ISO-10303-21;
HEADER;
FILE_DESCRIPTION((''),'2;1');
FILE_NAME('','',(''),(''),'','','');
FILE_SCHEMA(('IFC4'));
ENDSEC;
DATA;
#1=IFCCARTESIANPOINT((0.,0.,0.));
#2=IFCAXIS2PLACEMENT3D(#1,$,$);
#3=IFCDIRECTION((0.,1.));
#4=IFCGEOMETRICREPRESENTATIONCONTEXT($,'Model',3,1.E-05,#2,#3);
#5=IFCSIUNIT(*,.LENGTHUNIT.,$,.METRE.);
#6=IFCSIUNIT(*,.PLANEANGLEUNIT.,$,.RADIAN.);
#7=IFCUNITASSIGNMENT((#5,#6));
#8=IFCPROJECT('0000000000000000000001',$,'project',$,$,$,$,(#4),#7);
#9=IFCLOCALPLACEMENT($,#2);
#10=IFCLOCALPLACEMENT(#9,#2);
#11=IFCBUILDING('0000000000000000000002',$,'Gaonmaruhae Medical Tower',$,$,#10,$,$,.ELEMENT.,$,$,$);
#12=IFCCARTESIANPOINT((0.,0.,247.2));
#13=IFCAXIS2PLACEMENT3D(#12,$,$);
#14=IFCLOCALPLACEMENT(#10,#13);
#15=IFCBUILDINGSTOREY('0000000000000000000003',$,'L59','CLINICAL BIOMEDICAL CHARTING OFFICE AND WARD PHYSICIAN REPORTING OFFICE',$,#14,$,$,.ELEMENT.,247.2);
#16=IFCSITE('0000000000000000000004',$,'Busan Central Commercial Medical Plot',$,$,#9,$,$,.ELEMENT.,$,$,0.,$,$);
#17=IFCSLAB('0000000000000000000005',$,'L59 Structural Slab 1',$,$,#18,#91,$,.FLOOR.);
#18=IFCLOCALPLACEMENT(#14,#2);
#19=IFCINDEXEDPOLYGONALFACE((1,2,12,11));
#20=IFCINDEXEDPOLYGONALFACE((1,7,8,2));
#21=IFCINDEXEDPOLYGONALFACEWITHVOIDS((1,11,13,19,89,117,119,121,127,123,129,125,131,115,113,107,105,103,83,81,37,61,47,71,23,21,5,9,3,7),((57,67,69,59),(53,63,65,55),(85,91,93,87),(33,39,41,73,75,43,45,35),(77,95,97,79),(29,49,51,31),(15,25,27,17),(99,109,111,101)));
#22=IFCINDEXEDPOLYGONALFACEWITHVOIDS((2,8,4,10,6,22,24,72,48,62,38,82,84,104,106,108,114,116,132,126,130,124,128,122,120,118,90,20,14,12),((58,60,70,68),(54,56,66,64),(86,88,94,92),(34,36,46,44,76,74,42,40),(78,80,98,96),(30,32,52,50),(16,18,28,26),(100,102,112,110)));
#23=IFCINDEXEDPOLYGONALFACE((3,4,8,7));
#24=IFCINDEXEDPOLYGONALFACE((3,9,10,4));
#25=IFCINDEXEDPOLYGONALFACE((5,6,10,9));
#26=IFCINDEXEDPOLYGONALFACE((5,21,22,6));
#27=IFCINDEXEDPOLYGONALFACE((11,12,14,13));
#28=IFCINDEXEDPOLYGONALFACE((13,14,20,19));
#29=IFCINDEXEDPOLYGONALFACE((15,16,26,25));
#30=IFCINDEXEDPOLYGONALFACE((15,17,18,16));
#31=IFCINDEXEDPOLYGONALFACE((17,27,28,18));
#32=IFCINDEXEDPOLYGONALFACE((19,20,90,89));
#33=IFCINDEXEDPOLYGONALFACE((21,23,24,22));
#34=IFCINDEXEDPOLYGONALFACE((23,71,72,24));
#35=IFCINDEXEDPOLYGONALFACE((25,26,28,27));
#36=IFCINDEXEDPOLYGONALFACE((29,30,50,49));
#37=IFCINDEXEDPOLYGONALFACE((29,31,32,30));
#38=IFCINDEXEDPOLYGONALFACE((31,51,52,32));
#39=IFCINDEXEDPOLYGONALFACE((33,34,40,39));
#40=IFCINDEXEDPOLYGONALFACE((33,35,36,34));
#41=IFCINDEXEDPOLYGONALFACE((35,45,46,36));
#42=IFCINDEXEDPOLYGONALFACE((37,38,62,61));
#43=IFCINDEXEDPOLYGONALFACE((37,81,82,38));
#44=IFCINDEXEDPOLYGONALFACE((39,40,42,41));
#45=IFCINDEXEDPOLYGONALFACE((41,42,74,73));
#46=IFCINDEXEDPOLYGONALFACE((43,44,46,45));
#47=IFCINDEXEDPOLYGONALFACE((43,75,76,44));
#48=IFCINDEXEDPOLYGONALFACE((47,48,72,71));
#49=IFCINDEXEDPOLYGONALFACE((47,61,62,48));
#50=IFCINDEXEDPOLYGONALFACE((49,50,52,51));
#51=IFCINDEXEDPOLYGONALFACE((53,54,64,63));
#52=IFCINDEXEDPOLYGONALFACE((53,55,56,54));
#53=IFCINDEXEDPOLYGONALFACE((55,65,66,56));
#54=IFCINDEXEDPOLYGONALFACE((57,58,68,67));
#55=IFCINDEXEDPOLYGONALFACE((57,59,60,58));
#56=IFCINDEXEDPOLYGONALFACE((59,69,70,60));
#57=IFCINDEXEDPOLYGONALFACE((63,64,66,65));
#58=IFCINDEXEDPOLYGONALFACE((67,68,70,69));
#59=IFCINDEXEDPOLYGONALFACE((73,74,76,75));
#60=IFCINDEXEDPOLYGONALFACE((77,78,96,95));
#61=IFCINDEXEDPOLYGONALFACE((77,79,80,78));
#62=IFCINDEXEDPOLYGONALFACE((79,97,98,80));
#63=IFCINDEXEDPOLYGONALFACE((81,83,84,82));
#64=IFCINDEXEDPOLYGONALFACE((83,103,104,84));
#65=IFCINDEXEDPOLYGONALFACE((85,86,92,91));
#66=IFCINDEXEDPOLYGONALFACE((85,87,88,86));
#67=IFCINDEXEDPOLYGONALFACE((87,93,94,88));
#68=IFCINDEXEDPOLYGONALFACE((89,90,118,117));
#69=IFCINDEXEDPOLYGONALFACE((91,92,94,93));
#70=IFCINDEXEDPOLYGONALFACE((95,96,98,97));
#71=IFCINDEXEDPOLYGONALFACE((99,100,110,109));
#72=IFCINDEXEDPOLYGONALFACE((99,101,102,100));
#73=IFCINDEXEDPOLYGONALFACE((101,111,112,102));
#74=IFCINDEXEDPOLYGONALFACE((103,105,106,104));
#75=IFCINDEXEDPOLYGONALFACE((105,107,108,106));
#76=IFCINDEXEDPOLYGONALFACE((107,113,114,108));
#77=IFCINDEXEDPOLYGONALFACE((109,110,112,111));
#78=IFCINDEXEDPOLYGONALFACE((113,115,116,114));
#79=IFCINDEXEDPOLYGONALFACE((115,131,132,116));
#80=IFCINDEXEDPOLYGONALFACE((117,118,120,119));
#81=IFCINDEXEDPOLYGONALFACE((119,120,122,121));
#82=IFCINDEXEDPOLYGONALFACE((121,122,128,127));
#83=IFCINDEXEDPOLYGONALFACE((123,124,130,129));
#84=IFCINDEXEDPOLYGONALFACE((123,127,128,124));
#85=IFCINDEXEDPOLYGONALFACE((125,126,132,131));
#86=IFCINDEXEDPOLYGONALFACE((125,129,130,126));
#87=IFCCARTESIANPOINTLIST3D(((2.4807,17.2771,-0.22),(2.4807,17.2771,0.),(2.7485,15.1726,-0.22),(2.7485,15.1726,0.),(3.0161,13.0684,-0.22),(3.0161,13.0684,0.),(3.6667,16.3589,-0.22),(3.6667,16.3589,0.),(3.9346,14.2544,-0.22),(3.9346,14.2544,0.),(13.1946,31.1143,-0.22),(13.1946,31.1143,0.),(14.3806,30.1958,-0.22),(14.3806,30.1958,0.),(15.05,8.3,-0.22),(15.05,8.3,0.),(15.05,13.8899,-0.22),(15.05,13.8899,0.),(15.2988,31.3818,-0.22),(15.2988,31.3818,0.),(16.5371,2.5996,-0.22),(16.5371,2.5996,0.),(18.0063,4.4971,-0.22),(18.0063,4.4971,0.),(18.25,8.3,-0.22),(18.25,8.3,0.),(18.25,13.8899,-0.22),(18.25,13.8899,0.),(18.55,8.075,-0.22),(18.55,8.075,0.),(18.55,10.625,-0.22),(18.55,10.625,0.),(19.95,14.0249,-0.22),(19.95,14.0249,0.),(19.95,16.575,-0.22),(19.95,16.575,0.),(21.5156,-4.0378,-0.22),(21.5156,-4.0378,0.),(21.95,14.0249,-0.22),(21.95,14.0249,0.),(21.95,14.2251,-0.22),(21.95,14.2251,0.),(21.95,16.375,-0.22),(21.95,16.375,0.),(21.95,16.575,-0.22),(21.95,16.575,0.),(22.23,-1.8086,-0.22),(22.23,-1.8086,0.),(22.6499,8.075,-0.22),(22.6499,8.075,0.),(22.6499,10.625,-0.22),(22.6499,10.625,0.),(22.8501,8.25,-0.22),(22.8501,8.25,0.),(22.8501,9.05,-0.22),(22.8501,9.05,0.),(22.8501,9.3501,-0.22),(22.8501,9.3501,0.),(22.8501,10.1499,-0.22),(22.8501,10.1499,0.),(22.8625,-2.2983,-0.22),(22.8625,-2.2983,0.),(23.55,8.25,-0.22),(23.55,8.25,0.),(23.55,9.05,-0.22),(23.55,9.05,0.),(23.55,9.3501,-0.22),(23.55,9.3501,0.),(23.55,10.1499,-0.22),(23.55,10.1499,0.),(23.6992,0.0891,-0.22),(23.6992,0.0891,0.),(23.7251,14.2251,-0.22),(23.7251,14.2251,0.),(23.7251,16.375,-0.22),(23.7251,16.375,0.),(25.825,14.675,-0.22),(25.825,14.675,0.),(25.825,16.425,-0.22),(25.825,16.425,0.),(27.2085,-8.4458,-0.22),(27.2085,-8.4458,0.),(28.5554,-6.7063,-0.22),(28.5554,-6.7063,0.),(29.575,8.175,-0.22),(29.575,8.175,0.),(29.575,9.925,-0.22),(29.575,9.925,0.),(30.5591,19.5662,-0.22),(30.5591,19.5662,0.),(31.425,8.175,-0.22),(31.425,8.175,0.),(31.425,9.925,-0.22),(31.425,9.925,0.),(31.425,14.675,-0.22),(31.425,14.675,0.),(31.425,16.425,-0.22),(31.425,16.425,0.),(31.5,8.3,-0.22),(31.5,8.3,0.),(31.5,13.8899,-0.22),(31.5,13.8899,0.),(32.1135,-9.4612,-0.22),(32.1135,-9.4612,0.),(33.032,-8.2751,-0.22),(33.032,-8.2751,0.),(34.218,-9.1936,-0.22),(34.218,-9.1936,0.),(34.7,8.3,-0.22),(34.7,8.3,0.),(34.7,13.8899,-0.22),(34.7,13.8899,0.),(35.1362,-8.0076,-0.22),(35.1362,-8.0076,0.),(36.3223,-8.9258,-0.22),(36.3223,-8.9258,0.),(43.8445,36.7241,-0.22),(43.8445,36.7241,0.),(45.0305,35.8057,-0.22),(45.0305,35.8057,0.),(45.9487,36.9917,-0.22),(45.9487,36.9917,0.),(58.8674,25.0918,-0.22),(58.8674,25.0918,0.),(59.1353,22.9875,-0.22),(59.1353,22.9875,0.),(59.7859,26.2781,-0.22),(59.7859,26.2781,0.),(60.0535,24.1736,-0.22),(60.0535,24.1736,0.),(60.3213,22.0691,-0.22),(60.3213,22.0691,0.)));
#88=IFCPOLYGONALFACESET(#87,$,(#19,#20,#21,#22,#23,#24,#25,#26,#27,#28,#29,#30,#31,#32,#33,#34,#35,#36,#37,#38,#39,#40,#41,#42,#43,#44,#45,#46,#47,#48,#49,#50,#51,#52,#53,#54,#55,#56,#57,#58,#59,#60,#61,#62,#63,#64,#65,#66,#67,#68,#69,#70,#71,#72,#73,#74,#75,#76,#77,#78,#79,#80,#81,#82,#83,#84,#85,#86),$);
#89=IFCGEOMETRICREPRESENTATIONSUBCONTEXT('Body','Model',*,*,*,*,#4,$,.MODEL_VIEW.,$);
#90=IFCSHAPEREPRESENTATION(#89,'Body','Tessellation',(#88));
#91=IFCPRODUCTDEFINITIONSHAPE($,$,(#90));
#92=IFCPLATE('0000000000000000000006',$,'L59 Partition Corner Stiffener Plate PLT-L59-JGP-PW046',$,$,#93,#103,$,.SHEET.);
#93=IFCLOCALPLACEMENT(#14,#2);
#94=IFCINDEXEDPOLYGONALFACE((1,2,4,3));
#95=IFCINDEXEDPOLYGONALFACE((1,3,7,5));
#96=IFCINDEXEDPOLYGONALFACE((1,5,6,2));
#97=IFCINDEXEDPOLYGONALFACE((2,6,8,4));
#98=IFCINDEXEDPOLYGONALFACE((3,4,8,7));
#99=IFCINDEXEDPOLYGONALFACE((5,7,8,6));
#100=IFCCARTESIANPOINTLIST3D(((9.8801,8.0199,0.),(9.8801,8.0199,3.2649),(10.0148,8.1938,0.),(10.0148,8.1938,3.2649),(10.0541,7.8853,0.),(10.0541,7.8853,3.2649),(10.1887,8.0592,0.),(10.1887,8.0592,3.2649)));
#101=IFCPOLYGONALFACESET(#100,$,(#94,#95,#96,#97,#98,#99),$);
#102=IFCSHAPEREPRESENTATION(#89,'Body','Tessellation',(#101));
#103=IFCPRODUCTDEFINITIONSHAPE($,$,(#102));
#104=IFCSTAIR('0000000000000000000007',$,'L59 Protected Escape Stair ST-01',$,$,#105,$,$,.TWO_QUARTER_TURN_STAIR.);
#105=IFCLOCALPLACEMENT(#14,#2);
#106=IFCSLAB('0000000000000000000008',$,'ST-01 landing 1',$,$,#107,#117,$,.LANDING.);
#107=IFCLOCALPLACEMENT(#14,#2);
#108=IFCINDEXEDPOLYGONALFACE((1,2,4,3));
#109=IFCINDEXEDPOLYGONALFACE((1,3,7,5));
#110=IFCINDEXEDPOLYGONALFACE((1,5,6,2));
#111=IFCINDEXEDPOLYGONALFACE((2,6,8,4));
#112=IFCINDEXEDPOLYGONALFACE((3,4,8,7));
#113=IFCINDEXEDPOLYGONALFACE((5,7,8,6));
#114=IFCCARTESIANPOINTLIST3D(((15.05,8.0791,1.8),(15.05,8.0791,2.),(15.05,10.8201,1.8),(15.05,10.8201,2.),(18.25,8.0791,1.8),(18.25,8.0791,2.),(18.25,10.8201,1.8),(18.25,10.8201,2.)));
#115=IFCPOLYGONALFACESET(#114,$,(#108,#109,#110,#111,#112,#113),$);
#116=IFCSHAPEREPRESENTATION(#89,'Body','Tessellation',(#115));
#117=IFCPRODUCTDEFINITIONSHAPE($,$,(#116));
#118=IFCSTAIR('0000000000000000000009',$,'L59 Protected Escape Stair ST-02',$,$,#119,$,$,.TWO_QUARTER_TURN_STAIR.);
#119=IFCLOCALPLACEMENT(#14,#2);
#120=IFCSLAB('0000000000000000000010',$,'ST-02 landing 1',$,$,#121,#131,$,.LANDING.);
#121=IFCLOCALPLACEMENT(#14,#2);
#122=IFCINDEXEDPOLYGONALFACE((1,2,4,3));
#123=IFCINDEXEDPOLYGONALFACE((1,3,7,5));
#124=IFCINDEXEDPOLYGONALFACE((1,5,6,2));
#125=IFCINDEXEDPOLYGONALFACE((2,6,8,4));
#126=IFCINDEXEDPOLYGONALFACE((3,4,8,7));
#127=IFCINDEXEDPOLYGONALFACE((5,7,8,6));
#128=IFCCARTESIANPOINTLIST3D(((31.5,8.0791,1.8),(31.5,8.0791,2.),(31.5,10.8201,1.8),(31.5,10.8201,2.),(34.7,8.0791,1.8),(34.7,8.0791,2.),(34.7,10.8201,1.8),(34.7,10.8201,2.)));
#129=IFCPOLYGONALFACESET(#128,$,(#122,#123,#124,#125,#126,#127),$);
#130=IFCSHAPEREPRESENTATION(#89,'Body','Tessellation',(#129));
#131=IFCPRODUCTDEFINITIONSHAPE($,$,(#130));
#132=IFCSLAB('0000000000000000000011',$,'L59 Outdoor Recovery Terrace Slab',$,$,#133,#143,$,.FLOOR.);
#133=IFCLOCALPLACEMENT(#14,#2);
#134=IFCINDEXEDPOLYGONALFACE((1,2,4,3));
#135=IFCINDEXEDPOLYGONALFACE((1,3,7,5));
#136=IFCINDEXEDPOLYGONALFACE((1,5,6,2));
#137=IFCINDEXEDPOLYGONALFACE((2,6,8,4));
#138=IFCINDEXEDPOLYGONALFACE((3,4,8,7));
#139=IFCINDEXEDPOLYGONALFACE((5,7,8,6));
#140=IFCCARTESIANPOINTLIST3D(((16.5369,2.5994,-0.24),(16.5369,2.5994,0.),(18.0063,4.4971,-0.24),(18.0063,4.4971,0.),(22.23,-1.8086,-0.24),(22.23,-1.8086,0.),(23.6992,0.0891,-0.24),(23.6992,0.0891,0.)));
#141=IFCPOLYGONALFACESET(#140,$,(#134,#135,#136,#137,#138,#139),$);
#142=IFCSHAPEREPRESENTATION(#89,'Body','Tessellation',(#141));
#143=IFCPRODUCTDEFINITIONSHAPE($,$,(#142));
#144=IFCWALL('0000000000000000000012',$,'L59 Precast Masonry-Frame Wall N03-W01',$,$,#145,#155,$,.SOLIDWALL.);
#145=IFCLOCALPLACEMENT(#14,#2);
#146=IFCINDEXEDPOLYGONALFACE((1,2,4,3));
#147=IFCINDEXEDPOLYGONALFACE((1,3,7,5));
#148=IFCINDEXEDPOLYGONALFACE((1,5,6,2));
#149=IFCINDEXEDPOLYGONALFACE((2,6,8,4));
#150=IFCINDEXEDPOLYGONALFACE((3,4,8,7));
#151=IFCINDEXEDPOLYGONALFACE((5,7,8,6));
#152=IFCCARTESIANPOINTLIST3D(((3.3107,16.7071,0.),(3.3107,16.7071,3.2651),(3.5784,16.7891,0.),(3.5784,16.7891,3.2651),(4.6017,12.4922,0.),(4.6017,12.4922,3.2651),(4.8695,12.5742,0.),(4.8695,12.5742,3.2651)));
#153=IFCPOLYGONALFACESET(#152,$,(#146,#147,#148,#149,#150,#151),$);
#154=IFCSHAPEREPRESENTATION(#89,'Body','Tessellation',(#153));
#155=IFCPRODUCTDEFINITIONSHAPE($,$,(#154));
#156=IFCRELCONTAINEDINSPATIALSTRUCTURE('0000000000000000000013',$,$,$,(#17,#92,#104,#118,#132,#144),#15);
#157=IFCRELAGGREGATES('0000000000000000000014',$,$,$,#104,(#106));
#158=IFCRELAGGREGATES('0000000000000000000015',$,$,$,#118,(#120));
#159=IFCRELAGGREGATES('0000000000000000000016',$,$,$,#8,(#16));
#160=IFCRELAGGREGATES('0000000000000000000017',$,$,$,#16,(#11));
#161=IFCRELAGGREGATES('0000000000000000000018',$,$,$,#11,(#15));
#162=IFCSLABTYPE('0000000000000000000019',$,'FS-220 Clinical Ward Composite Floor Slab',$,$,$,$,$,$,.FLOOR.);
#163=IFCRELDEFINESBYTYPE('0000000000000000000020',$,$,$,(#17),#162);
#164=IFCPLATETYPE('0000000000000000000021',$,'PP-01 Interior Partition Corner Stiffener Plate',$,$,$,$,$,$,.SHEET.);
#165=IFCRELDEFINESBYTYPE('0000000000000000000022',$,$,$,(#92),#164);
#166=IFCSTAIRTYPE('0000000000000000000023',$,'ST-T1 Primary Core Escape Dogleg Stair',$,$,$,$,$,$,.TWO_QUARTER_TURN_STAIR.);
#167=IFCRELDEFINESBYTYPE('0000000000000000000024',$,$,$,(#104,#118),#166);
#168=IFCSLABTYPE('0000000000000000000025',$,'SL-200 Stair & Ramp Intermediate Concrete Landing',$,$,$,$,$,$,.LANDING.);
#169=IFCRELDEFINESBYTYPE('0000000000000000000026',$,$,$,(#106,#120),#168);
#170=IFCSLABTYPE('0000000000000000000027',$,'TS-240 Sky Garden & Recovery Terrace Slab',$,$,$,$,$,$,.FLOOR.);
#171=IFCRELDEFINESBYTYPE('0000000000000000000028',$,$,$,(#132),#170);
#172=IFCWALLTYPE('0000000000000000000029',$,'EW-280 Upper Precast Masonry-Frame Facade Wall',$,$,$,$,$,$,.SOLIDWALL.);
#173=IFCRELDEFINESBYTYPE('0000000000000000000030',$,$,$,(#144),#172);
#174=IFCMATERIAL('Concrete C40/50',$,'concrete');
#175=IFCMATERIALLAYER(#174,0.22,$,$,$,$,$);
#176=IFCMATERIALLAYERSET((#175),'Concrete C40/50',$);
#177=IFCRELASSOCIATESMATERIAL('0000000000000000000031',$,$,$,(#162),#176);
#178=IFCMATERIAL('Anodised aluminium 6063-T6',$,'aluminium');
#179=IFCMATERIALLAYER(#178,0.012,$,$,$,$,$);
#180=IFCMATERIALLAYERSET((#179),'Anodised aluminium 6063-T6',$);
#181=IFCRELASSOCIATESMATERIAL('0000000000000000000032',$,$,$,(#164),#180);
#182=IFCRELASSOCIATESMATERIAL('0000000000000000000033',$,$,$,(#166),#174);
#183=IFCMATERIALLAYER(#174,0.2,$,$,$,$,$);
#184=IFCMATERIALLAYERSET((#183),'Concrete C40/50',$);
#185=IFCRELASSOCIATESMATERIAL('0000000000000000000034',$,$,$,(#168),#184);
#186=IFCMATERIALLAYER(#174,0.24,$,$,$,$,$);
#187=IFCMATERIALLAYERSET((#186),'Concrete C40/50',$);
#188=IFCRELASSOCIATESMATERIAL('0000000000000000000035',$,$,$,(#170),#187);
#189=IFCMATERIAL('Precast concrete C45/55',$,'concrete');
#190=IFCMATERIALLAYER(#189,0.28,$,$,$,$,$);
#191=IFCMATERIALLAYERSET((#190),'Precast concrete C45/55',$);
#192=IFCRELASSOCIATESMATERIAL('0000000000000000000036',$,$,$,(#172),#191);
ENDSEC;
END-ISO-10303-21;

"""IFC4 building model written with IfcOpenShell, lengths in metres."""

from ifc_helpers import new_model, si_unit, direction, frame, frame_2d, origin, origin_2d, place, context, subcontext, project, spatial, polyline, rectangle, outline, extrude, material, layer, layer_set, type_object, element, aggregate, save


model = new_model("IFC4")

# Units and contexts
model_context = context("Model", 3, precision=1e-05, world=origin(), true_north=direction((0.0, 1.0)))
body_context = subcontext(model_context, "Body", "Model", "MODEL_VIEW")
ifc_project = project(units=[si_unit("LENGTHUNIT", "METRE"), si_unit("PLANEANGLEUNIT", "RADIAN")], contexts=[model_context])

# Site, building, storey
site_placement = place(None, origin())
site = spatial("IfcSite", under=ifc_project, at=site_placement, Name="Busan Central Commercial Medical Plot", CompositionType="ELEMENT", RefElevation=0.0)
building_placement = place(site_placement, origin())
building = spatial("IfcBuilding", under=site, at=building_placement, Name="Gaonmaruhae Medical Tower", CompositionType="ELEMENT")
storey_placement = place(building_placement, frame((0.0, 0.0, 247.2)))
storey = spatial("IfcBuildingStorey", under=building, at=storey_placement, Name="L59", Description="CLINICAL BIOMEDICAL CHARTING OFFICE AND WARD PHYSICIAN REPORTING OFFICE", CompositionType="ELEMENT", Elevation=247.2)

# Slab
ifc_material_1 = material(Name="Concrete C40/50", Category="concrete")
ifc_layer_1 = layer(ifc_material_1, 0.22)
ifc_layer_set_1 = layer_set([ifc_layer_1], Name="Concrete C40/50")
slab_type_1 = type_object("IfcSlabType", Name="FS-220 Clinical Ward Composite Floor Slab", PredefinedType="FLOOR", material=ifc_layer_set_1)
slab_1_placement = place(storey_placement, frame((0.0, 0.0, -0.22)))
element("IfcSlab", 1, at=slab_1_placement, inside=storey, type_object=slab_type_1, Name="L59 Structural Slab 1", PredefinedType="FLOOR", context=body_context, shape_type="SweptSolid", body=[
    extrude(outline(polyline([(3.9346, 14.2544), (2.7485, 15.1726), (3.6667, 16.3589), (2.4807, 17.2771), (13.1946, 31.1143), (14.3806, 30.1958), (15.2988, 31.3818), (30.5591, 19.5662), (43.8445, 36.7241), (45.0305, 35.8057), (45.9487, 36.9917), (59.7859, 26.2781), (58.8674, 25.0918), (60.0535, 24.1736), (59.1353, 22.9875), (60.3213, 22.0691), (36.3223, -8.9258), (35.1362, -8.0076), (34.218, -9.1936), (33.032, -8.2751), (32.1135, -9.4612), (28.5554, -6.7063), (27.2085, -8.4458), (21.5156, -4.0378), (22.8625, -2.2983), (22.23, -1.8086), (23.6992, 0.0891), (18.0063, 4.4971), (16.5371, 2.5996), (3.0161, 13.0684), (3.9346, 14.2544)]), holes=[polyline([(23.55, 8.25), (22.8501, 8.25), (22.8501, 9.05), (23.55, 9.05), (23.55, 8.25)]), polyline([(31.425, 9.925), (31.425, 8.175), (29.575, 8.175), (29.575, 9.925), (31.425, 9.925)]), polyline([(22.6499, 10.625), (22.6499, 8.075), (18.55, 8.075), (18.55, 10.625), (22.6499, 10.625)]), polyline([(23.55, 9.3501), (22.8501, 9.3501), (22.8501, 10.1499), (23.55, 10.1499), (23.55, 9.3501)]), polyline([(15.05, 13.8899), (18.25, 13.8899), (18.25, 8.3), (15.05, 8.3), (15.05, 13.8899)]), polyline([(31.5, 13.8899), (34.7, 13.8899), (34.7, 8.3), (31.5, 8.3), (31.5, 13.8899)]), polyline([(21.95, 14.2251), (21.95, 14.0249), (19.95, 14.0249), (19.95, 16.575), (21.95, 16.575), (21.95, 16.375), (23.7251, 16.375), (23.7251, 14.2251), (21.95, 14.2251)]), polyline([(31.425, 16.425), (31.425, 14.675), (25.825, 14.675), (25.825, 16.425), (31.425, 16.425)])]), origin(), (0.0, 0.0, 1.0), 0.22),
])

# Plate
ifc_material_2 = material(Name="Anodised aluminium 6063-T6", Category="aluminium")
ifc_layer_2 = layer(ifc_material_2, 0.012)
ifc_layer_set_2 = layer_set([ifc_layer_2], Name="Anodised aluminium 6063-T6")
plate_type = type_object("IfcPlateType", Name="PP-01 Interior Partition Corner Stiffener Plate", PredefinedType="SHEET", material=ifc_layer_set_2)
plate_placement = place(storey_placement, frame((10.0344, 8.0396, 0.0), z_axis=(0.0, 0.0, 1.0), x_axis=(-0.790861, 0.611996, 0.0)))
element("IfcPlate", 2, at=plate_placement, inside=storey, type_object=plate_type, Name="L59 Partition Corner Stiffener Plate PLT-L59-JGP-PW046", PredefinedType="SHEET", context=body_context, shape_type="SweptSolid", body=[
    extrude(rectangle(XDim=0.22, YDim=0.22, at=origin_2d()), origin(), (0.0, 0.0, 1.0), 3.2649),
])

# Stairs, slabs
stair_type = type_object("IfcStairType", Name="ST-T1 Primary Core Escape Dogleg Stair", PredefinedType="TWO_QUARTER_TURN_STAIR", material=ifc_material_1)
stair_1_placement = place(storey_placement, origin())
stair_1 = element("IfcStair", 3, at=stair_1_placement, inside=storey, type_object=stair_type, Name="L59 Protected Escape Stair ST-01", PredefinedType="TWO_QUARTER_TURN_STAIR")
ifc_layer_3 = layer(ifc_material_1, 0.2)
ifc_layer_set_3 = layer_set([ifc_layer_3], Name="Concrete C40/50")
slab_type_2 = type_object("IfcSlabType", Name="SL-200 Stair & Ramp Intermediate Concrete Landing", PredefinedType="LANDING", material=ifc_layer_set_3)
slab_2_placement = place(storey_placement, frame((0.0, 0.0, 1.8)))
slab_2 = element("IfcSlab", 4, at=slab_2_placement, type_object=slab_type_2, Name="ST-01 landing 1", PredefinedType="LANDING", context=body_context, shape_type="SweptSolid", body=[
    extrude(outline(polyline([(15.05, 10.8201), (15.05, 8.0791), (18.25, 8.0791), (18.25, 10.8201), (15.05, 10.8201)])), origin(), (0.0, 0.0, 1.0), 0.2),
])
aggregate(stair_1, [slab_2])
stair_2_placement = place(storey_placement, origin())
stair_2 = element("IfcStair", 5, at=stair_2_placement, inside=storey, type_object=stair_type, Name="L59 Protected Escape Stair ST-02", PredefinedType="TWO_QUARTER_TURN_STAIR")
slab_3_placement = place(storey_placement, frame((0.0, 0.0, 1.8)))
slab_3 = element("IfcSlab", 6, at=slab_3_placement, type_object=slab_type_2, Name="ST-02 landing 1", PredefinedType="LANDING", context=body_context, shape_type="SweptSolid", body=[
    extrude(outline(polyline([(31.5, 10.8201), (31.5, 8.0791), (34.7, 8.0791), (34.7, 10.8201), (31.5, 10.8201)])), origin(), (0.0, 0.0, 1.0), 0.2),
])
aggregate(stair_2, [slab_3])

# Slab
ifc_layer_4 = layer(ifc_material_1, 0.24)
ifc_layer_set_4 = layer_set([ifc_layer_4], Name="Concrete C40/50")
slab_type_3 = type_object("IfcSlabType", Name="TS-240 Sky Garden & Recovery Terrace Slab", PredefinedType="FLOOR", material=ifc_layer_set_4)
slab_4_placement = place(storey_placement, frame((0.0, 0.0, -0.24)))
element("IfcSlab", 7, at=slab_4_placement, inside=storey, type_object=slab_type_3, Name="L59 Outdoor Recovery Terrace Slab", PredefinedType="FLOOR", context=body_context, shape_type="SweptSolid", body=[
    extrude(outline(polyline([(22.23, -1.8086), (23.6992, 0.0891), (18.0063, 4.4971), (16.5369, 2.5994), (22.23, -1.8086)])), origin(), (0.0, 0.0, 1.0), 0.24),
])

# Wall
ifc_material_3 = material(Name="Precast concrete C45/55", Category="concrete")
ifc_layer_5 = layer(ifc_material_3, 0.28)
ifc_layer_set_5 = layer_set([ifc_layer_5], Name="Precast concrete C45/55")
wall_type_1 = type_object("IfcWallType", Name="EW-280 Upper Precast Masonry-Frame Facade Wall", PredefinedType="SOLIDWALL", material=ifc_layer_set_5)
wall_1_placement = place(storey_placement, frame((4.7356, 12.5332, 0.0), z_axis=(0.0, 0.0, 1.0), x_axis=(-0.292871, 0.956152, 0.0)))
element("IfcWall", 8, at=wall_1_placement, inside=storey, type_object=wall_type_1, Name="L59 Precast Masonry-Frame Wall N03-W01", PredefinedType="SOLIDWALL", context=body_context, shape_type="SweptSolid", body=[
    extrude(rectangle(XDim=4.4082, YDim=0.28, at=frame_2d((2.2041, 0.0))), origin(), (0.0, 0.0, 1.0), 3.2651),
])

save(model, "model.ifc")
